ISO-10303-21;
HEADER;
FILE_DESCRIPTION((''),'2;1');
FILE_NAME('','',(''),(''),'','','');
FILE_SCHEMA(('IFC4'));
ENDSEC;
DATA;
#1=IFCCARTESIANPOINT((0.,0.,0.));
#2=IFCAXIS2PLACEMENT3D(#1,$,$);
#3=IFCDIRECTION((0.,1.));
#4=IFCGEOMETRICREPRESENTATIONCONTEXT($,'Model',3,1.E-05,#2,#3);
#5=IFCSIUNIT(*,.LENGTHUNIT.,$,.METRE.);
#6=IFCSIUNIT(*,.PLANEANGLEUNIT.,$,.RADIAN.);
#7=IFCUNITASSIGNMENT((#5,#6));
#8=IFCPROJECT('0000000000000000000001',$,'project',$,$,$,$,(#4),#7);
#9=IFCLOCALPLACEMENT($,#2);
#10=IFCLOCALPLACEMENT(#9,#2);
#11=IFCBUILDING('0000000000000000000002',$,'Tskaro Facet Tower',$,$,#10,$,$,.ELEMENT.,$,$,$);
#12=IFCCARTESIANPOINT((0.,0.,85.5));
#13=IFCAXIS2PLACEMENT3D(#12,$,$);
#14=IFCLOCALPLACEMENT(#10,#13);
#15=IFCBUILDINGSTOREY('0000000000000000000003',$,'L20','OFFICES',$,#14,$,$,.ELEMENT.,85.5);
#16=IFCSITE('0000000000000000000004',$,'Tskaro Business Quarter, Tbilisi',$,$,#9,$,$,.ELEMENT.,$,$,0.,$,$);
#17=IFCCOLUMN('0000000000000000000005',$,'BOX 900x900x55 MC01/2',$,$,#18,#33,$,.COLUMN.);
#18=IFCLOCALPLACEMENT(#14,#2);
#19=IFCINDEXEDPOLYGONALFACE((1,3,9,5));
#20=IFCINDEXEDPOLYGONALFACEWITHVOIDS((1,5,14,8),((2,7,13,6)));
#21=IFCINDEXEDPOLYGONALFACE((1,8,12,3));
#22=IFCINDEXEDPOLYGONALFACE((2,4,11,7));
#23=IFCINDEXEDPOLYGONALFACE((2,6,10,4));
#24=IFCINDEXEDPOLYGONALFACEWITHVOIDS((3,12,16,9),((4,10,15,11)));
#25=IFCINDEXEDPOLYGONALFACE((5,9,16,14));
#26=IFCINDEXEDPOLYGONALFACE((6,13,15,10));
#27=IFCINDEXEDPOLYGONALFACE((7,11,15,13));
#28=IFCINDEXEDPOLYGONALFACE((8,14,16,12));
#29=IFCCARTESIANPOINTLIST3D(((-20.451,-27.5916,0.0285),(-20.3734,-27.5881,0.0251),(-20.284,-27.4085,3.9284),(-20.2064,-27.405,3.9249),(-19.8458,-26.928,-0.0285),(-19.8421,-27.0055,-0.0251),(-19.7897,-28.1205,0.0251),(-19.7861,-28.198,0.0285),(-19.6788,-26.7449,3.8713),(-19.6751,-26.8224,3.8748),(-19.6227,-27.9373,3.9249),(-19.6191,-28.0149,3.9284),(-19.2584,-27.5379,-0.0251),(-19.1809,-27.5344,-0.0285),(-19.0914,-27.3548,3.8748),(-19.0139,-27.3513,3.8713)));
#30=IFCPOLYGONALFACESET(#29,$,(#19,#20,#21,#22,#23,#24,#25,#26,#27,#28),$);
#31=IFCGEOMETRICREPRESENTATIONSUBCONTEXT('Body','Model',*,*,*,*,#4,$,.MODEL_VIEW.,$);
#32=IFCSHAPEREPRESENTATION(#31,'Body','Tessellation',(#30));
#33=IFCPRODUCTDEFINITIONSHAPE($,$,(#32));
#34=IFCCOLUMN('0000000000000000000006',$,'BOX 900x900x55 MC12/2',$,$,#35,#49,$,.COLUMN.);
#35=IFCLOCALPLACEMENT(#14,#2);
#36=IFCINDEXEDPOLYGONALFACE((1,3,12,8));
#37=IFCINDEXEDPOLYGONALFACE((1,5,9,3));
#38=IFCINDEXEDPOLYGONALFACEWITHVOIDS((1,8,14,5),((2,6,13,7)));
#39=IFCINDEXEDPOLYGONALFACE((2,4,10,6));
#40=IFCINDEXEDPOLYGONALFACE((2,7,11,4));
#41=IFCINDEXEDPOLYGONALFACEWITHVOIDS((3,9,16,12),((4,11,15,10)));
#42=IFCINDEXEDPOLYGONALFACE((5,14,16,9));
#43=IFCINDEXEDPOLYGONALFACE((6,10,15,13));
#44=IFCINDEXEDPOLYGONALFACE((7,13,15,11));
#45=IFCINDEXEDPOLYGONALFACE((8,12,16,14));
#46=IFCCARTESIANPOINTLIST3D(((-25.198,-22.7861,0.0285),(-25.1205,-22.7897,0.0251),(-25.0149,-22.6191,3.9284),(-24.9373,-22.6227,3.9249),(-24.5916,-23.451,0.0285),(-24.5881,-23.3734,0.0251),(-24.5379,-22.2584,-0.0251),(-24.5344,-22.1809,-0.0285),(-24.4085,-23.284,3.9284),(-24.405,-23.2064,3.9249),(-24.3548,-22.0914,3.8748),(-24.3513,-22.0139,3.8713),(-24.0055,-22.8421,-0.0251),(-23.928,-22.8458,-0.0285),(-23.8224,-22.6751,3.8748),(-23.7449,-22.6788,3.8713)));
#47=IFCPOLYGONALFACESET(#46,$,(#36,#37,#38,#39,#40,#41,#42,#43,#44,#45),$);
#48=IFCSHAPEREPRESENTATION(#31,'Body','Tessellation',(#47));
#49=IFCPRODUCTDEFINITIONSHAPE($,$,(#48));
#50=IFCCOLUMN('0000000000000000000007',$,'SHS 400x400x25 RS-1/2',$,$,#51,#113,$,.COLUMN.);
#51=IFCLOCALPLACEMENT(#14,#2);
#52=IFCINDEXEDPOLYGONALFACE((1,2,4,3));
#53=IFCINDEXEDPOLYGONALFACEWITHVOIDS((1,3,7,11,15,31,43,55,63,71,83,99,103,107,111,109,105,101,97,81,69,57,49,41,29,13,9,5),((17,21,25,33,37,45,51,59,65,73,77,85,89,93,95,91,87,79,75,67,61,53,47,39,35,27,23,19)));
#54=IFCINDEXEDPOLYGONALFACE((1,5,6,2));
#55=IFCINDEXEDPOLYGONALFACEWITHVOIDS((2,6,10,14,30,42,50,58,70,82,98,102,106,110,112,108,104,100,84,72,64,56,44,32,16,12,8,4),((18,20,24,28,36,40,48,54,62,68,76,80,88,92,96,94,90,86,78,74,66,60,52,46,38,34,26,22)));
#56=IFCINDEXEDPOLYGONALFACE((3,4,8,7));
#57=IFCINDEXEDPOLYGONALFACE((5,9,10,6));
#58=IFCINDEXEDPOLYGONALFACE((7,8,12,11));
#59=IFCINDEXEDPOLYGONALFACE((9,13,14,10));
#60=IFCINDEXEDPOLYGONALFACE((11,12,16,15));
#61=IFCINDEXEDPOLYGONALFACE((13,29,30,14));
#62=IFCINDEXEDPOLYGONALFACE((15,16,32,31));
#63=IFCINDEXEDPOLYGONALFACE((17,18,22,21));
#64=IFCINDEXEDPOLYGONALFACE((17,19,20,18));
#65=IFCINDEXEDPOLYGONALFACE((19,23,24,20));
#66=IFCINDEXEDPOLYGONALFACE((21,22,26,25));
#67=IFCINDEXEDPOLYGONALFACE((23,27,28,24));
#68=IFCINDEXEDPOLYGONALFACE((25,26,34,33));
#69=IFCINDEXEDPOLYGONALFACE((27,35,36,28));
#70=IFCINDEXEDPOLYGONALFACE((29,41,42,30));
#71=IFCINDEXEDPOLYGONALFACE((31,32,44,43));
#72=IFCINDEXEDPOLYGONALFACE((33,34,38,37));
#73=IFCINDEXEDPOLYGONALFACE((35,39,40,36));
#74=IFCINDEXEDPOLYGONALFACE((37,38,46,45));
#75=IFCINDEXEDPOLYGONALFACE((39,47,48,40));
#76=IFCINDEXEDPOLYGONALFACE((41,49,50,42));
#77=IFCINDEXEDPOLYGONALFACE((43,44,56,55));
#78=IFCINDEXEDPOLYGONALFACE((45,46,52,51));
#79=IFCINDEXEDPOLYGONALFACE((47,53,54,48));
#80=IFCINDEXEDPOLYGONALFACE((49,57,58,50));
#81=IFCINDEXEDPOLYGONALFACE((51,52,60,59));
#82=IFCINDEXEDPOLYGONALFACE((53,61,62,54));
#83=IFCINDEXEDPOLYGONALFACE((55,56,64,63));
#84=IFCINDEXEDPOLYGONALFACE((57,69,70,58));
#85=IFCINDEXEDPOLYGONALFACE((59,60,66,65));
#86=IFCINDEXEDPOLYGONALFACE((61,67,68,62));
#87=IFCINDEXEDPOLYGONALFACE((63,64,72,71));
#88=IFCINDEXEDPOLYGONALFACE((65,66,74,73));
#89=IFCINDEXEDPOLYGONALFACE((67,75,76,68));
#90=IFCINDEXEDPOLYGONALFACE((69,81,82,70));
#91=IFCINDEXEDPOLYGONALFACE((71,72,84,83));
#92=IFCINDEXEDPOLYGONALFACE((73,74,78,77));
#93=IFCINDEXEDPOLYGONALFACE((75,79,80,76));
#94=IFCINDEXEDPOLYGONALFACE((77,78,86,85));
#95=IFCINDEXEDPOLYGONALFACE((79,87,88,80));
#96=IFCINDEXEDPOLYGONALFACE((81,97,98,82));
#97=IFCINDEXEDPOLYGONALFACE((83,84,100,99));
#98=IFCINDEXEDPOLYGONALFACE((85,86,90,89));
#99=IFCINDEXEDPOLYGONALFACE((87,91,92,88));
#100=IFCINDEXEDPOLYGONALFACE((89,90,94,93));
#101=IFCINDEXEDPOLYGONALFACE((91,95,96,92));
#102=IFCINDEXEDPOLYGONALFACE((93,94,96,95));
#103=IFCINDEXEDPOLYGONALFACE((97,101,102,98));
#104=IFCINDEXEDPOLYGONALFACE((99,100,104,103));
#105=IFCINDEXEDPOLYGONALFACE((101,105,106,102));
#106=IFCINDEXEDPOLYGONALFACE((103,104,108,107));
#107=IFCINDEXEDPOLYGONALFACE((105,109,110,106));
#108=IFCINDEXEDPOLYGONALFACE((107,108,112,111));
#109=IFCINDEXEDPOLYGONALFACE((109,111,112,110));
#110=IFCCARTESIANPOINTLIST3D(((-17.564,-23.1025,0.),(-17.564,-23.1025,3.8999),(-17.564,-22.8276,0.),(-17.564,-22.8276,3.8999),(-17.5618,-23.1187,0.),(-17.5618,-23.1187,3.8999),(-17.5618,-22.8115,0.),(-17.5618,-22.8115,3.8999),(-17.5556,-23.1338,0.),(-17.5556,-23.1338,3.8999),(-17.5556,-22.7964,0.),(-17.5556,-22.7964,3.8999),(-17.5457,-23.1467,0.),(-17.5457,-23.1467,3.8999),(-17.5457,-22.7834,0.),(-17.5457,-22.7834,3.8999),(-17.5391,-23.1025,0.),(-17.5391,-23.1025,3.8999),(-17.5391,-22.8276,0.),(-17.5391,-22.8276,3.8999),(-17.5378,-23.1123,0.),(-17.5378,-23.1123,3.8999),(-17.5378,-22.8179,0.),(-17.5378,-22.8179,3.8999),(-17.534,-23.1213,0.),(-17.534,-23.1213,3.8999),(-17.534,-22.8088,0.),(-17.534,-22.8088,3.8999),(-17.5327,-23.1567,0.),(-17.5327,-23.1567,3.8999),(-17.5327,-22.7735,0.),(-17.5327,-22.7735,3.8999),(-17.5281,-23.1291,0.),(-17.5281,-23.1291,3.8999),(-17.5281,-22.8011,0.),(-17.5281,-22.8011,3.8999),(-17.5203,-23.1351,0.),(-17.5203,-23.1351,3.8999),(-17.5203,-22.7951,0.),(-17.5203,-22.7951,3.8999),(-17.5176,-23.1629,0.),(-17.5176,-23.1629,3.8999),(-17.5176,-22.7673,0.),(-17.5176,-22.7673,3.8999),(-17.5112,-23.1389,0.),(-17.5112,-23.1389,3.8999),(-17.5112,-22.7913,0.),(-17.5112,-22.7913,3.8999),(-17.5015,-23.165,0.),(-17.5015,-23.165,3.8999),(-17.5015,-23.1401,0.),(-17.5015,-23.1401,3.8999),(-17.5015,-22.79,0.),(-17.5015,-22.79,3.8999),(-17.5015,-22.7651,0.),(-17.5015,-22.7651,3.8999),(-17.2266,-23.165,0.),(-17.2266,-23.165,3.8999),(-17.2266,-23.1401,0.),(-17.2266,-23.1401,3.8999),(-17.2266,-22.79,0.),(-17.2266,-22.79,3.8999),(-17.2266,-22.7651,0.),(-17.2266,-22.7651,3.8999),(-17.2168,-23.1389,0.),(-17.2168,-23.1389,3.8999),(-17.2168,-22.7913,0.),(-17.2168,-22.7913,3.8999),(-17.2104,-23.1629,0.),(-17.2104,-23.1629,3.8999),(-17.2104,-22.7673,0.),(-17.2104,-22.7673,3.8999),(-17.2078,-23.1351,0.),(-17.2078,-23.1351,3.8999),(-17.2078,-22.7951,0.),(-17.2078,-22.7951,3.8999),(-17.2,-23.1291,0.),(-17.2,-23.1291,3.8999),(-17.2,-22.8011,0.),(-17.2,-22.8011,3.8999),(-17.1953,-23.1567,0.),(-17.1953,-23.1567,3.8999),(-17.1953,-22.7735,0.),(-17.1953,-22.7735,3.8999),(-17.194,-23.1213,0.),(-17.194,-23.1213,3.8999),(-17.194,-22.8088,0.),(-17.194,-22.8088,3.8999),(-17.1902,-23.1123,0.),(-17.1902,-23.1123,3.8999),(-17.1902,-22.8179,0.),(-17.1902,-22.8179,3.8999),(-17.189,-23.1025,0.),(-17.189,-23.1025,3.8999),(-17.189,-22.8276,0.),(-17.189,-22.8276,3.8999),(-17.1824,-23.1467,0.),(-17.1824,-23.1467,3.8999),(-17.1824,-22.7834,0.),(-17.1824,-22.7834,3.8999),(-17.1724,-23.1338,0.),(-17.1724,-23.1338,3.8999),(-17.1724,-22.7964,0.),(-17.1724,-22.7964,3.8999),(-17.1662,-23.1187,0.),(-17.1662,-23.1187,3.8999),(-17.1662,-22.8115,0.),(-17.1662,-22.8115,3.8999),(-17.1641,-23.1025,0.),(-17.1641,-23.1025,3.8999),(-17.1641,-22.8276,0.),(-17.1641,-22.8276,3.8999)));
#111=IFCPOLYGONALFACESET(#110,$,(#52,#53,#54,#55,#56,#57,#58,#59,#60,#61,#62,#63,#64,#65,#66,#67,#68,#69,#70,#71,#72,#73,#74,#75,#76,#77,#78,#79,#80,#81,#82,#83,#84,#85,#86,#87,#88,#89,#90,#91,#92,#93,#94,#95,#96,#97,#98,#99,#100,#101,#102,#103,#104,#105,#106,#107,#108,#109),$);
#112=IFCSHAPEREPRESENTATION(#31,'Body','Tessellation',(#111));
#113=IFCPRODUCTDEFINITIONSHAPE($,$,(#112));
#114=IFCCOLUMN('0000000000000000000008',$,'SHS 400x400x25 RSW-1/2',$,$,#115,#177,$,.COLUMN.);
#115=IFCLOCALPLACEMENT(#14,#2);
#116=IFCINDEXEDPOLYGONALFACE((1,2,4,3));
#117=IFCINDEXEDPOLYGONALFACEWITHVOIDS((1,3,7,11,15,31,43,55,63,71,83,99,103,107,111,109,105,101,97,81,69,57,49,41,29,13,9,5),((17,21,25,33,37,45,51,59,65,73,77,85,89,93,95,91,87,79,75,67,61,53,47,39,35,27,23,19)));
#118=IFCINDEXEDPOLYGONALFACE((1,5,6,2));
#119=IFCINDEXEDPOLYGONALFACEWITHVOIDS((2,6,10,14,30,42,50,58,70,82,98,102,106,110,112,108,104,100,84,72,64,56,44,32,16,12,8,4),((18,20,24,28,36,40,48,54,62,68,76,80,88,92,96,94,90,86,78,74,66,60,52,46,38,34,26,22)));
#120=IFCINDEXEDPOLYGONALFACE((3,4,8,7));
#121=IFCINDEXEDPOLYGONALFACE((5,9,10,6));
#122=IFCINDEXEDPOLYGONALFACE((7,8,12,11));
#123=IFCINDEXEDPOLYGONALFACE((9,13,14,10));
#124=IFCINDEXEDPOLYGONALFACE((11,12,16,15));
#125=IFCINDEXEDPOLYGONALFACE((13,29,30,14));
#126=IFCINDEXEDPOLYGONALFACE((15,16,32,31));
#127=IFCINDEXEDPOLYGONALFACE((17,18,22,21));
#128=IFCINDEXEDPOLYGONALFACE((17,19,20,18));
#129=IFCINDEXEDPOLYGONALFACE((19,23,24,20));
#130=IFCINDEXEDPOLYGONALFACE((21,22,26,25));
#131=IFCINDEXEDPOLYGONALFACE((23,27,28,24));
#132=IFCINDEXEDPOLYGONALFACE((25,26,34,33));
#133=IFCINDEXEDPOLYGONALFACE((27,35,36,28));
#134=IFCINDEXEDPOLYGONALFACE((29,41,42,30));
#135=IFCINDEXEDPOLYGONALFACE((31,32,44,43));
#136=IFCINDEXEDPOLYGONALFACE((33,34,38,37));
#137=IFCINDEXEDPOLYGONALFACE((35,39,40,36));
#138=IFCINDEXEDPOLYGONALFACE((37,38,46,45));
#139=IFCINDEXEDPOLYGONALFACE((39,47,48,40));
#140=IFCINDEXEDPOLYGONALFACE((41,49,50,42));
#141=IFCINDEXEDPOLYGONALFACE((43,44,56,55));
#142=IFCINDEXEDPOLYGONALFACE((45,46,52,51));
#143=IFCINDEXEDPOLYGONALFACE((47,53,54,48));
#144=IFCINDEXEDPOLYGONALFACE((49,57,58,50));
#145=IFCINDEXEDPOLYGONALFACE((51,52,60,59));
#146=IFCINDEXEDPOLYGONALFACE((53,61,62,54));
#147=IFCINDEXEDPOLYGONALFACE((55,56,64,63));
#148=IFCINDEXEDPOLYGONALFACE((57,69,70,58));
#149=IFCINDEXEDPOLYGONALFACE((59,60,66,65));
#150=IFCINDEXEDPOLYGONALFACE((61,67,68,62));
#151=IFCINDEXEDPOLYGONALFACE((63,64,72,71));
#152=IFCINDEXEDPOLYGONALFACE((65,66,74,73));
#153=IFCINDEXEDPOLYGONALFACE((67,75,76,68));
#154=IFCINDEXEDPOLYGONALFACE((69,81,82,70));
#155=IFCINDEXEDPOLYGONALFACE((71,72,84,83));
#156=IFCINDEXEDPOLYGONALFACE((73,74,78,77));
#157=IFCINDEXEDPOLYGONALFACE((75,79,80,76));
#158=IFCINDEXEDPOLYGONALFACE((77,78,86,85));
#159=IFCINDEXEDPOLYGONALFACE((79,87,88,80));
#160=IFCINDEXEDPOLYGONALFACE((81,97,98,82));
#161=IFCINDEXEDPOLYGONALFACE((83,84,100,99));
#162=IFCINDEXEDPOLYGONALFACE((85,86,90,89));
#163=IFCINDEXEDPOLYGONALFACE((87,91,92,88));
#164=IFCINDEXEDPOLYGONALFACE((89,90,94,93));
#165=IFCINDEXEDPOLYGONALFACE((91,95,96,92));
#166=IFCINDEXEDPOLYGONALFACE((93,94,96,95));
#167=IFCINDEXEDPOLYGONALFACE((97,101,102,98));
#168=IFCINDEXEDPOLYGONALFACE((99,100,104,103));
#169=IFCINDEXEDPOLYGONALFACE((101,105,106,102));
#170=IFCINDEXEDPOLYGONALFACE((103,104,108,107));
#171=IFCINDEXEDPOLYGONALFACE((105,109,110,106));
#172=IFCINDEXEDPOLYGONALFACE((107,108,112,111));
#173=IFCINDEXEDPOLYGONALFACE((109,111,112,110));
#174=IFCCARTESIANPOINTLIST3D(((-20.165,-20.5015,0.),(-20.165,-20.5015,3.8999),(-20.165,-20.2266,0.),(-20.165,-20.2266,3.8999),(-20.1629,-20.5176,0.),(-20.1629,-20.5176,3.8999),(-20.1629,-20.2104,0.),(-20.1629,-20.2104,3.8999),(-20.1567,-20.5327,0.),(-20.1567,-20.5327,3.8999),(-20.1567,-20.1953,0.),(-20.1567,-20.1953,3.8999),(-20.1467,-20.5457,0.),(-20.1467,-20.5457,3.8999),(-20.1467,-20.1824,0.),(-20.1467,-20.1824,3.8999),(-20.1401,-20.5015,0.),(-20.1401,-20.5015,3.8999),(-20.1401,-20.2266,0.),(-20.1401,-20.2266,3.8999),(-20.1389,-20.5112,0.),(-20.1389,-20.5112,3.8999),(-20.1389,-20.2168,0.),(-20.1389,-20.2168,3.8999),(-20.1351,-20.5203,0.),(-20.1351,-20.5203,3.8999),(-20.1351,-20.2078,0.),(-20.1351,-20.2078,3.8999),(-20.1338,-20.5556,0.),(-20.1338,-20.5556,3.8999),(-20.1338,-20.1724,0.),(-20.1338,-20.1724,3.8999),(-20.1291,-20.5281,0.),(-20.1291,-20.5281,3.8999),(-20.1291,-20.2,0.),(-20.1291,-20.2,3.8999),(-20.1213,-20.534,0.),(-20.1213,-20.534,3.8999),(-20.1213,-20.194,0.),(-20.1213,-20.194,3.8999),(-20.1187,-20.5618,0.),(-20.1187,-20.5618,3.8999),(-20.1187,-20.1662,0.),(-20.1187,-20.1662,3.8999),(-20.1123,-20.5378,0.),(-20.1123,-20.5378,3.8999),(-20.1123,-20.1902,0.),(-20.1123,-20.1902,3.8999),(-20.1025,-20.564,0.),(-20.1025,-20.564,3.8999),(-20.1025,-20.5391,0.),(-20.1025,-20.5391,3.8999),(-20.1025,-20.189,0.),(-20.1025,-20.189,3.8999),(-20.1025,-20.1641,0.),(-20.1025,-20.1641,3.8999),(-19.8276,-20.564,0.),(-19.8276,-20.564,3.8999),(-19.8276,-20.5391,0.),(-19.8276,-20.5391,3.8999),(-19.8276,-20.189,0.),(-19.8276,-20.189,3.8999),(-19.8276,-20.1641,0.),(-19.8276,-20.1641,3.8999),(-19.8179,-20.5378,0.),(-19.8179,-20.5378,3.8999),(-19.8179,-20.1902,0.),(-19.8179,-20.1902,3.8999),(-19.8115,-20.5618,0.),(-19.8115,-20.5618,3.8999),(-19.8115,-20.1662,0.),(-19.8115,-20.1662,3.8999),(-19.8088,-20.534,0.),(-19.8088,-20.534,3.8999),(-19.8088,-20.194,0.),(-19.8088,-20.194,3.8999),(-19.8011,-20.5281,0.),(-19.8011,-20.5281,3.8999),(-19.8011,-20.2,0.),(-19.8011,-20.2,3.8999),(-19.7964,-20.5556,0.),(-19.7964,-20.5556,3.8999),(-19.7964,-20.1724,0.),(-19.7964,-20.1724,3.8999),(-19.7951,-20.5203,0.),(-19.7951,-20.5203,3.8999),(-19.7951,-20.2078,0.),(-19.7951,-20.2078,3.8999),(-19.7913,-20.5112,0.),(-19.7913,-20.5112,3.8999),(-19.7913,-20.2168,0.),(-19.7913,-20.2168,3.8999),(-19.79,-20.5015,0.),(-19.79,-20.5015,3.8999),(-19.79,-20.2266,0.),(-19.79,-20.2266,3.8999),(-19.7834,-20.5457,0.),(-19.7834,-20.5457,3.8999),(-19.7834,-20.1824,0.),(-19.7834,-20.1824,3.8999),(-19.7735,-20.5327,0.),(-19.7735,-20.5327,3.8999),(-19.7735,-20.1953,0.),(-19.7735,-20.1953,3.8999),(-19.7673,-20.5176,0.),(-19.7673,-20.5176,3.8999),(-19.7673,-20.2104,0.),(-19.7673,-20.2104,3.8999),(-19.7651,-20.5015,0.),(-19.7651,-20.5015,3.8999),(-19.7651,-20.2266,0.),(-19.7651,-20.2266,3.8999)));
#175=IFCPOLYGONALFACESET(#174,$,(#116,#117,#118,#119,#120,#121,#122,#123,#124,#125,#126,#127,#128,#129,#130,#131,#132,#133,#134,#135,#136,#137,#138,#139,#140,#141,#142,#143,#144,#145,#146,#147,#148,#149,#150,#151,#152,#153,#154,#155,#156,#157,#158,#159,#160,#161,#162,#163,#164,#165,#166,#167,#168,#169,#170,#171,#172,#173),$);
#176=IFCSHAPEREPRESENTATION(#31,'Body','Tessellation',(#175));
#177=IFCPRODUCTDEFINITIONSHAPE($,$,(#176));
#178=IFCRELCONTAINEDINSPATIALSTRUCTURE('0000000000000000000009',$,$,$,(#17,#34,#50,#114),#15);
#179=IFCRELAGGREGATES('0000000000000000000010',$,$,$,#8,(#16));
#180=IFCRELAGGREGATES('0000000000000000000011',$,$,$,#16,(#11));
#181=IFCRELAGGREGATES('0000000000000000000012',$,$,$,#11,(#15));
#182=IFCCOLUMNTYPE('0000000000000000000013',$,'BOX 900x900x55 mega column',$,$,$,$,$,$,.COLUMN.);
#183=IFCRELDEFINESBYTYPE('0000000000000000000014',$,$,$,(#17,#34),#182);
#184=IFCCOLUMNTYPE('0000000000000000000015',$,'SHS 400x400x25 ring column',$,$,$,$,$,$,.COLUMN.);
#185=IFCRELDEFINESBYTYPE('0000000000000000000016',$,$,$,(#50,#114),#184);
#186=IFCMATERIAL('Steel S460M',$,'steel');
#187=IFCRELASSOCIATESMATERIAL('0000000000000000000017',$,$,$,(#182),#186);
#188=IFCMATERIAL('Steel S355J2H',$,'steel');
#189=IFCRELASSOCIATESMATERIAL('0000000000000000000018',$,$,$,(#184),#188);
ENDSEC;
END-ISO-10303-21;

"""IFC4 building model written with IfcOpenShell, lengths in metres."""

from ifc_helpers import new_model, si_unit, direction, frame, origin, origin_2d, place, context, subcontext, project, spatial, hollow_rectangle, extrude, material, material_profile, profile_set, type_object, element, save


model = new_model("IFC4")

# Units and contexts
model_context = context("Model", 3, precision=1e-05, world=origin(), true_north=direction((0.0, 1.0)))
body_context = subcontext(model_context, "Body", "Model", "MODEL_VIEW")
ifc_project = project(units=[si_unit("LENGTHUNIT", "METRE"), si_unit("PLANEANGLEUNIT", "RADIAN")], contexts=[model_context])

# Site, building, storey
site_placement = place(None, origin())
site = spatial("IfcSite", under=ifc_project, at=site_placement, Name="Tskaro Business Quarter, Tbilisi", CompositionType="ELEMENT", RefElevation=0.0)
building_placement = place(site_placement, origin())
building = spatial("IfcBuilding", under=site, at=building_placement, Name="Tskaro Facet Tower", CompositionType="ELEMENT")
storey_placement = place(building_placement, frame((0.0, 0.0, 85.5)))
storey = spatial("IfcBuildingStorey", under=building, at=storey_placement, Name="L20", Description="OFFICES", CompositionType="ELEMENT", Elevation=85.5)

# Columns
ifc_material_1 = material(Name="Steel S460M", Category="steel")
ifc_material_profile_1 = material_profile(ifc_material_1, hollow_rectangle(XDim=0.8999, YDim=0.8999, WallThickness=0.0549, at=origin_2d()), Name="BOX 900x900x55")
ifc_profile_set_1 = profile_set([ifc_material_profile_1], Name="Steel S460M")
column_type_1 = type_object("IfcColumnType", Name="BOX 900x900x55 mega column", PredefinedType="COLUMN", material=ifc_profile_set_1)
for number, where, z_axis, x_axis, name in (
    (1, (-19.8159, -27.563, 0.0), (0.042733, 0.046857, 0.997987), (-0.738869, 0.673849, 0.0), "BOX 900x900x55 MC01/2"),
    (2, (-24.563, -22.8159, 0.0), (0.046857, 0.042733, 0.997987), (-0.673849, 0.738869, 0.0), "BOX 900x900x55 MC12/2"),
):
    element("IfcColumn", number, at=place(storey_placement, frame(where, z_axis=z_axis, x_axis=x_axis)), inside=storey, type_object=column_type_1, Name=name, PredefinedType="COLUMN", context=body_context, shape_type="SweptSolid", body=[
        extrude(hollow_rectangle(XDim=0.8999, YDim=0.8999, WallThickness=0.0549, at=origin_2d()), origin(), (0.0, 0.0, 1.0), 3.9077),
    ])
ifc_material_2 = material(Name="Steel S355J2H", Category="steel")
ifc_material_profile_2 = material_profile(ifc_material_2, hollow_rectangle(XDim=0.3999, YDim=0.3999, WallThickness=0.0249, InnerFilletRadius=0.0376, OuterFilletRadius=0.0625, at=origin_2d()), Name="SHS 400x400x25")
ifc_profile_set_2 = profile_set([ifc_material_profile_2], Name="Steel S355J2H")
column_type_2 = type_object("IfcColumnType", Name="SHS 400x400x25 ring column", PredefinedType="COLUMN", material=ifc_profile_set_2)
for number, where, z_axis, x_axis, name in (
    (3, (-17.364, -22.9651, 0.0), (0.0, 0.0, 1.0), (1.0, 0.0, 0.0), "SHS 400x400x25 RS-1/2"),
    (4, (-19.9651, -20.364, 0.0), (0.0, 0.0, 1.0), (1.0, 0.0, 0.0), "SHS 400x400x25 RSW-1/2"),
):
    element("IfcColumn", number, at=place(storey_placement, frame(where, z_axis=z_axis, x_axis=x_axis)), inside=storey, type_object=column_type_2, Name=name, PredefinedType="COLUMN", context=body_context, shape_type="SweptSolid", body=[
        extrude(hollow_rectangle(XDim=0.3999, YDim=0.3999, WallThickness=0.0249, InnerFilletRadius=0.0376, OuterFilletRadius=0.0625, at=origin_2d()), origin(), (0.0, 0.0, 1.0), 3.8999),
    ])

save(model, "model.ifc")
